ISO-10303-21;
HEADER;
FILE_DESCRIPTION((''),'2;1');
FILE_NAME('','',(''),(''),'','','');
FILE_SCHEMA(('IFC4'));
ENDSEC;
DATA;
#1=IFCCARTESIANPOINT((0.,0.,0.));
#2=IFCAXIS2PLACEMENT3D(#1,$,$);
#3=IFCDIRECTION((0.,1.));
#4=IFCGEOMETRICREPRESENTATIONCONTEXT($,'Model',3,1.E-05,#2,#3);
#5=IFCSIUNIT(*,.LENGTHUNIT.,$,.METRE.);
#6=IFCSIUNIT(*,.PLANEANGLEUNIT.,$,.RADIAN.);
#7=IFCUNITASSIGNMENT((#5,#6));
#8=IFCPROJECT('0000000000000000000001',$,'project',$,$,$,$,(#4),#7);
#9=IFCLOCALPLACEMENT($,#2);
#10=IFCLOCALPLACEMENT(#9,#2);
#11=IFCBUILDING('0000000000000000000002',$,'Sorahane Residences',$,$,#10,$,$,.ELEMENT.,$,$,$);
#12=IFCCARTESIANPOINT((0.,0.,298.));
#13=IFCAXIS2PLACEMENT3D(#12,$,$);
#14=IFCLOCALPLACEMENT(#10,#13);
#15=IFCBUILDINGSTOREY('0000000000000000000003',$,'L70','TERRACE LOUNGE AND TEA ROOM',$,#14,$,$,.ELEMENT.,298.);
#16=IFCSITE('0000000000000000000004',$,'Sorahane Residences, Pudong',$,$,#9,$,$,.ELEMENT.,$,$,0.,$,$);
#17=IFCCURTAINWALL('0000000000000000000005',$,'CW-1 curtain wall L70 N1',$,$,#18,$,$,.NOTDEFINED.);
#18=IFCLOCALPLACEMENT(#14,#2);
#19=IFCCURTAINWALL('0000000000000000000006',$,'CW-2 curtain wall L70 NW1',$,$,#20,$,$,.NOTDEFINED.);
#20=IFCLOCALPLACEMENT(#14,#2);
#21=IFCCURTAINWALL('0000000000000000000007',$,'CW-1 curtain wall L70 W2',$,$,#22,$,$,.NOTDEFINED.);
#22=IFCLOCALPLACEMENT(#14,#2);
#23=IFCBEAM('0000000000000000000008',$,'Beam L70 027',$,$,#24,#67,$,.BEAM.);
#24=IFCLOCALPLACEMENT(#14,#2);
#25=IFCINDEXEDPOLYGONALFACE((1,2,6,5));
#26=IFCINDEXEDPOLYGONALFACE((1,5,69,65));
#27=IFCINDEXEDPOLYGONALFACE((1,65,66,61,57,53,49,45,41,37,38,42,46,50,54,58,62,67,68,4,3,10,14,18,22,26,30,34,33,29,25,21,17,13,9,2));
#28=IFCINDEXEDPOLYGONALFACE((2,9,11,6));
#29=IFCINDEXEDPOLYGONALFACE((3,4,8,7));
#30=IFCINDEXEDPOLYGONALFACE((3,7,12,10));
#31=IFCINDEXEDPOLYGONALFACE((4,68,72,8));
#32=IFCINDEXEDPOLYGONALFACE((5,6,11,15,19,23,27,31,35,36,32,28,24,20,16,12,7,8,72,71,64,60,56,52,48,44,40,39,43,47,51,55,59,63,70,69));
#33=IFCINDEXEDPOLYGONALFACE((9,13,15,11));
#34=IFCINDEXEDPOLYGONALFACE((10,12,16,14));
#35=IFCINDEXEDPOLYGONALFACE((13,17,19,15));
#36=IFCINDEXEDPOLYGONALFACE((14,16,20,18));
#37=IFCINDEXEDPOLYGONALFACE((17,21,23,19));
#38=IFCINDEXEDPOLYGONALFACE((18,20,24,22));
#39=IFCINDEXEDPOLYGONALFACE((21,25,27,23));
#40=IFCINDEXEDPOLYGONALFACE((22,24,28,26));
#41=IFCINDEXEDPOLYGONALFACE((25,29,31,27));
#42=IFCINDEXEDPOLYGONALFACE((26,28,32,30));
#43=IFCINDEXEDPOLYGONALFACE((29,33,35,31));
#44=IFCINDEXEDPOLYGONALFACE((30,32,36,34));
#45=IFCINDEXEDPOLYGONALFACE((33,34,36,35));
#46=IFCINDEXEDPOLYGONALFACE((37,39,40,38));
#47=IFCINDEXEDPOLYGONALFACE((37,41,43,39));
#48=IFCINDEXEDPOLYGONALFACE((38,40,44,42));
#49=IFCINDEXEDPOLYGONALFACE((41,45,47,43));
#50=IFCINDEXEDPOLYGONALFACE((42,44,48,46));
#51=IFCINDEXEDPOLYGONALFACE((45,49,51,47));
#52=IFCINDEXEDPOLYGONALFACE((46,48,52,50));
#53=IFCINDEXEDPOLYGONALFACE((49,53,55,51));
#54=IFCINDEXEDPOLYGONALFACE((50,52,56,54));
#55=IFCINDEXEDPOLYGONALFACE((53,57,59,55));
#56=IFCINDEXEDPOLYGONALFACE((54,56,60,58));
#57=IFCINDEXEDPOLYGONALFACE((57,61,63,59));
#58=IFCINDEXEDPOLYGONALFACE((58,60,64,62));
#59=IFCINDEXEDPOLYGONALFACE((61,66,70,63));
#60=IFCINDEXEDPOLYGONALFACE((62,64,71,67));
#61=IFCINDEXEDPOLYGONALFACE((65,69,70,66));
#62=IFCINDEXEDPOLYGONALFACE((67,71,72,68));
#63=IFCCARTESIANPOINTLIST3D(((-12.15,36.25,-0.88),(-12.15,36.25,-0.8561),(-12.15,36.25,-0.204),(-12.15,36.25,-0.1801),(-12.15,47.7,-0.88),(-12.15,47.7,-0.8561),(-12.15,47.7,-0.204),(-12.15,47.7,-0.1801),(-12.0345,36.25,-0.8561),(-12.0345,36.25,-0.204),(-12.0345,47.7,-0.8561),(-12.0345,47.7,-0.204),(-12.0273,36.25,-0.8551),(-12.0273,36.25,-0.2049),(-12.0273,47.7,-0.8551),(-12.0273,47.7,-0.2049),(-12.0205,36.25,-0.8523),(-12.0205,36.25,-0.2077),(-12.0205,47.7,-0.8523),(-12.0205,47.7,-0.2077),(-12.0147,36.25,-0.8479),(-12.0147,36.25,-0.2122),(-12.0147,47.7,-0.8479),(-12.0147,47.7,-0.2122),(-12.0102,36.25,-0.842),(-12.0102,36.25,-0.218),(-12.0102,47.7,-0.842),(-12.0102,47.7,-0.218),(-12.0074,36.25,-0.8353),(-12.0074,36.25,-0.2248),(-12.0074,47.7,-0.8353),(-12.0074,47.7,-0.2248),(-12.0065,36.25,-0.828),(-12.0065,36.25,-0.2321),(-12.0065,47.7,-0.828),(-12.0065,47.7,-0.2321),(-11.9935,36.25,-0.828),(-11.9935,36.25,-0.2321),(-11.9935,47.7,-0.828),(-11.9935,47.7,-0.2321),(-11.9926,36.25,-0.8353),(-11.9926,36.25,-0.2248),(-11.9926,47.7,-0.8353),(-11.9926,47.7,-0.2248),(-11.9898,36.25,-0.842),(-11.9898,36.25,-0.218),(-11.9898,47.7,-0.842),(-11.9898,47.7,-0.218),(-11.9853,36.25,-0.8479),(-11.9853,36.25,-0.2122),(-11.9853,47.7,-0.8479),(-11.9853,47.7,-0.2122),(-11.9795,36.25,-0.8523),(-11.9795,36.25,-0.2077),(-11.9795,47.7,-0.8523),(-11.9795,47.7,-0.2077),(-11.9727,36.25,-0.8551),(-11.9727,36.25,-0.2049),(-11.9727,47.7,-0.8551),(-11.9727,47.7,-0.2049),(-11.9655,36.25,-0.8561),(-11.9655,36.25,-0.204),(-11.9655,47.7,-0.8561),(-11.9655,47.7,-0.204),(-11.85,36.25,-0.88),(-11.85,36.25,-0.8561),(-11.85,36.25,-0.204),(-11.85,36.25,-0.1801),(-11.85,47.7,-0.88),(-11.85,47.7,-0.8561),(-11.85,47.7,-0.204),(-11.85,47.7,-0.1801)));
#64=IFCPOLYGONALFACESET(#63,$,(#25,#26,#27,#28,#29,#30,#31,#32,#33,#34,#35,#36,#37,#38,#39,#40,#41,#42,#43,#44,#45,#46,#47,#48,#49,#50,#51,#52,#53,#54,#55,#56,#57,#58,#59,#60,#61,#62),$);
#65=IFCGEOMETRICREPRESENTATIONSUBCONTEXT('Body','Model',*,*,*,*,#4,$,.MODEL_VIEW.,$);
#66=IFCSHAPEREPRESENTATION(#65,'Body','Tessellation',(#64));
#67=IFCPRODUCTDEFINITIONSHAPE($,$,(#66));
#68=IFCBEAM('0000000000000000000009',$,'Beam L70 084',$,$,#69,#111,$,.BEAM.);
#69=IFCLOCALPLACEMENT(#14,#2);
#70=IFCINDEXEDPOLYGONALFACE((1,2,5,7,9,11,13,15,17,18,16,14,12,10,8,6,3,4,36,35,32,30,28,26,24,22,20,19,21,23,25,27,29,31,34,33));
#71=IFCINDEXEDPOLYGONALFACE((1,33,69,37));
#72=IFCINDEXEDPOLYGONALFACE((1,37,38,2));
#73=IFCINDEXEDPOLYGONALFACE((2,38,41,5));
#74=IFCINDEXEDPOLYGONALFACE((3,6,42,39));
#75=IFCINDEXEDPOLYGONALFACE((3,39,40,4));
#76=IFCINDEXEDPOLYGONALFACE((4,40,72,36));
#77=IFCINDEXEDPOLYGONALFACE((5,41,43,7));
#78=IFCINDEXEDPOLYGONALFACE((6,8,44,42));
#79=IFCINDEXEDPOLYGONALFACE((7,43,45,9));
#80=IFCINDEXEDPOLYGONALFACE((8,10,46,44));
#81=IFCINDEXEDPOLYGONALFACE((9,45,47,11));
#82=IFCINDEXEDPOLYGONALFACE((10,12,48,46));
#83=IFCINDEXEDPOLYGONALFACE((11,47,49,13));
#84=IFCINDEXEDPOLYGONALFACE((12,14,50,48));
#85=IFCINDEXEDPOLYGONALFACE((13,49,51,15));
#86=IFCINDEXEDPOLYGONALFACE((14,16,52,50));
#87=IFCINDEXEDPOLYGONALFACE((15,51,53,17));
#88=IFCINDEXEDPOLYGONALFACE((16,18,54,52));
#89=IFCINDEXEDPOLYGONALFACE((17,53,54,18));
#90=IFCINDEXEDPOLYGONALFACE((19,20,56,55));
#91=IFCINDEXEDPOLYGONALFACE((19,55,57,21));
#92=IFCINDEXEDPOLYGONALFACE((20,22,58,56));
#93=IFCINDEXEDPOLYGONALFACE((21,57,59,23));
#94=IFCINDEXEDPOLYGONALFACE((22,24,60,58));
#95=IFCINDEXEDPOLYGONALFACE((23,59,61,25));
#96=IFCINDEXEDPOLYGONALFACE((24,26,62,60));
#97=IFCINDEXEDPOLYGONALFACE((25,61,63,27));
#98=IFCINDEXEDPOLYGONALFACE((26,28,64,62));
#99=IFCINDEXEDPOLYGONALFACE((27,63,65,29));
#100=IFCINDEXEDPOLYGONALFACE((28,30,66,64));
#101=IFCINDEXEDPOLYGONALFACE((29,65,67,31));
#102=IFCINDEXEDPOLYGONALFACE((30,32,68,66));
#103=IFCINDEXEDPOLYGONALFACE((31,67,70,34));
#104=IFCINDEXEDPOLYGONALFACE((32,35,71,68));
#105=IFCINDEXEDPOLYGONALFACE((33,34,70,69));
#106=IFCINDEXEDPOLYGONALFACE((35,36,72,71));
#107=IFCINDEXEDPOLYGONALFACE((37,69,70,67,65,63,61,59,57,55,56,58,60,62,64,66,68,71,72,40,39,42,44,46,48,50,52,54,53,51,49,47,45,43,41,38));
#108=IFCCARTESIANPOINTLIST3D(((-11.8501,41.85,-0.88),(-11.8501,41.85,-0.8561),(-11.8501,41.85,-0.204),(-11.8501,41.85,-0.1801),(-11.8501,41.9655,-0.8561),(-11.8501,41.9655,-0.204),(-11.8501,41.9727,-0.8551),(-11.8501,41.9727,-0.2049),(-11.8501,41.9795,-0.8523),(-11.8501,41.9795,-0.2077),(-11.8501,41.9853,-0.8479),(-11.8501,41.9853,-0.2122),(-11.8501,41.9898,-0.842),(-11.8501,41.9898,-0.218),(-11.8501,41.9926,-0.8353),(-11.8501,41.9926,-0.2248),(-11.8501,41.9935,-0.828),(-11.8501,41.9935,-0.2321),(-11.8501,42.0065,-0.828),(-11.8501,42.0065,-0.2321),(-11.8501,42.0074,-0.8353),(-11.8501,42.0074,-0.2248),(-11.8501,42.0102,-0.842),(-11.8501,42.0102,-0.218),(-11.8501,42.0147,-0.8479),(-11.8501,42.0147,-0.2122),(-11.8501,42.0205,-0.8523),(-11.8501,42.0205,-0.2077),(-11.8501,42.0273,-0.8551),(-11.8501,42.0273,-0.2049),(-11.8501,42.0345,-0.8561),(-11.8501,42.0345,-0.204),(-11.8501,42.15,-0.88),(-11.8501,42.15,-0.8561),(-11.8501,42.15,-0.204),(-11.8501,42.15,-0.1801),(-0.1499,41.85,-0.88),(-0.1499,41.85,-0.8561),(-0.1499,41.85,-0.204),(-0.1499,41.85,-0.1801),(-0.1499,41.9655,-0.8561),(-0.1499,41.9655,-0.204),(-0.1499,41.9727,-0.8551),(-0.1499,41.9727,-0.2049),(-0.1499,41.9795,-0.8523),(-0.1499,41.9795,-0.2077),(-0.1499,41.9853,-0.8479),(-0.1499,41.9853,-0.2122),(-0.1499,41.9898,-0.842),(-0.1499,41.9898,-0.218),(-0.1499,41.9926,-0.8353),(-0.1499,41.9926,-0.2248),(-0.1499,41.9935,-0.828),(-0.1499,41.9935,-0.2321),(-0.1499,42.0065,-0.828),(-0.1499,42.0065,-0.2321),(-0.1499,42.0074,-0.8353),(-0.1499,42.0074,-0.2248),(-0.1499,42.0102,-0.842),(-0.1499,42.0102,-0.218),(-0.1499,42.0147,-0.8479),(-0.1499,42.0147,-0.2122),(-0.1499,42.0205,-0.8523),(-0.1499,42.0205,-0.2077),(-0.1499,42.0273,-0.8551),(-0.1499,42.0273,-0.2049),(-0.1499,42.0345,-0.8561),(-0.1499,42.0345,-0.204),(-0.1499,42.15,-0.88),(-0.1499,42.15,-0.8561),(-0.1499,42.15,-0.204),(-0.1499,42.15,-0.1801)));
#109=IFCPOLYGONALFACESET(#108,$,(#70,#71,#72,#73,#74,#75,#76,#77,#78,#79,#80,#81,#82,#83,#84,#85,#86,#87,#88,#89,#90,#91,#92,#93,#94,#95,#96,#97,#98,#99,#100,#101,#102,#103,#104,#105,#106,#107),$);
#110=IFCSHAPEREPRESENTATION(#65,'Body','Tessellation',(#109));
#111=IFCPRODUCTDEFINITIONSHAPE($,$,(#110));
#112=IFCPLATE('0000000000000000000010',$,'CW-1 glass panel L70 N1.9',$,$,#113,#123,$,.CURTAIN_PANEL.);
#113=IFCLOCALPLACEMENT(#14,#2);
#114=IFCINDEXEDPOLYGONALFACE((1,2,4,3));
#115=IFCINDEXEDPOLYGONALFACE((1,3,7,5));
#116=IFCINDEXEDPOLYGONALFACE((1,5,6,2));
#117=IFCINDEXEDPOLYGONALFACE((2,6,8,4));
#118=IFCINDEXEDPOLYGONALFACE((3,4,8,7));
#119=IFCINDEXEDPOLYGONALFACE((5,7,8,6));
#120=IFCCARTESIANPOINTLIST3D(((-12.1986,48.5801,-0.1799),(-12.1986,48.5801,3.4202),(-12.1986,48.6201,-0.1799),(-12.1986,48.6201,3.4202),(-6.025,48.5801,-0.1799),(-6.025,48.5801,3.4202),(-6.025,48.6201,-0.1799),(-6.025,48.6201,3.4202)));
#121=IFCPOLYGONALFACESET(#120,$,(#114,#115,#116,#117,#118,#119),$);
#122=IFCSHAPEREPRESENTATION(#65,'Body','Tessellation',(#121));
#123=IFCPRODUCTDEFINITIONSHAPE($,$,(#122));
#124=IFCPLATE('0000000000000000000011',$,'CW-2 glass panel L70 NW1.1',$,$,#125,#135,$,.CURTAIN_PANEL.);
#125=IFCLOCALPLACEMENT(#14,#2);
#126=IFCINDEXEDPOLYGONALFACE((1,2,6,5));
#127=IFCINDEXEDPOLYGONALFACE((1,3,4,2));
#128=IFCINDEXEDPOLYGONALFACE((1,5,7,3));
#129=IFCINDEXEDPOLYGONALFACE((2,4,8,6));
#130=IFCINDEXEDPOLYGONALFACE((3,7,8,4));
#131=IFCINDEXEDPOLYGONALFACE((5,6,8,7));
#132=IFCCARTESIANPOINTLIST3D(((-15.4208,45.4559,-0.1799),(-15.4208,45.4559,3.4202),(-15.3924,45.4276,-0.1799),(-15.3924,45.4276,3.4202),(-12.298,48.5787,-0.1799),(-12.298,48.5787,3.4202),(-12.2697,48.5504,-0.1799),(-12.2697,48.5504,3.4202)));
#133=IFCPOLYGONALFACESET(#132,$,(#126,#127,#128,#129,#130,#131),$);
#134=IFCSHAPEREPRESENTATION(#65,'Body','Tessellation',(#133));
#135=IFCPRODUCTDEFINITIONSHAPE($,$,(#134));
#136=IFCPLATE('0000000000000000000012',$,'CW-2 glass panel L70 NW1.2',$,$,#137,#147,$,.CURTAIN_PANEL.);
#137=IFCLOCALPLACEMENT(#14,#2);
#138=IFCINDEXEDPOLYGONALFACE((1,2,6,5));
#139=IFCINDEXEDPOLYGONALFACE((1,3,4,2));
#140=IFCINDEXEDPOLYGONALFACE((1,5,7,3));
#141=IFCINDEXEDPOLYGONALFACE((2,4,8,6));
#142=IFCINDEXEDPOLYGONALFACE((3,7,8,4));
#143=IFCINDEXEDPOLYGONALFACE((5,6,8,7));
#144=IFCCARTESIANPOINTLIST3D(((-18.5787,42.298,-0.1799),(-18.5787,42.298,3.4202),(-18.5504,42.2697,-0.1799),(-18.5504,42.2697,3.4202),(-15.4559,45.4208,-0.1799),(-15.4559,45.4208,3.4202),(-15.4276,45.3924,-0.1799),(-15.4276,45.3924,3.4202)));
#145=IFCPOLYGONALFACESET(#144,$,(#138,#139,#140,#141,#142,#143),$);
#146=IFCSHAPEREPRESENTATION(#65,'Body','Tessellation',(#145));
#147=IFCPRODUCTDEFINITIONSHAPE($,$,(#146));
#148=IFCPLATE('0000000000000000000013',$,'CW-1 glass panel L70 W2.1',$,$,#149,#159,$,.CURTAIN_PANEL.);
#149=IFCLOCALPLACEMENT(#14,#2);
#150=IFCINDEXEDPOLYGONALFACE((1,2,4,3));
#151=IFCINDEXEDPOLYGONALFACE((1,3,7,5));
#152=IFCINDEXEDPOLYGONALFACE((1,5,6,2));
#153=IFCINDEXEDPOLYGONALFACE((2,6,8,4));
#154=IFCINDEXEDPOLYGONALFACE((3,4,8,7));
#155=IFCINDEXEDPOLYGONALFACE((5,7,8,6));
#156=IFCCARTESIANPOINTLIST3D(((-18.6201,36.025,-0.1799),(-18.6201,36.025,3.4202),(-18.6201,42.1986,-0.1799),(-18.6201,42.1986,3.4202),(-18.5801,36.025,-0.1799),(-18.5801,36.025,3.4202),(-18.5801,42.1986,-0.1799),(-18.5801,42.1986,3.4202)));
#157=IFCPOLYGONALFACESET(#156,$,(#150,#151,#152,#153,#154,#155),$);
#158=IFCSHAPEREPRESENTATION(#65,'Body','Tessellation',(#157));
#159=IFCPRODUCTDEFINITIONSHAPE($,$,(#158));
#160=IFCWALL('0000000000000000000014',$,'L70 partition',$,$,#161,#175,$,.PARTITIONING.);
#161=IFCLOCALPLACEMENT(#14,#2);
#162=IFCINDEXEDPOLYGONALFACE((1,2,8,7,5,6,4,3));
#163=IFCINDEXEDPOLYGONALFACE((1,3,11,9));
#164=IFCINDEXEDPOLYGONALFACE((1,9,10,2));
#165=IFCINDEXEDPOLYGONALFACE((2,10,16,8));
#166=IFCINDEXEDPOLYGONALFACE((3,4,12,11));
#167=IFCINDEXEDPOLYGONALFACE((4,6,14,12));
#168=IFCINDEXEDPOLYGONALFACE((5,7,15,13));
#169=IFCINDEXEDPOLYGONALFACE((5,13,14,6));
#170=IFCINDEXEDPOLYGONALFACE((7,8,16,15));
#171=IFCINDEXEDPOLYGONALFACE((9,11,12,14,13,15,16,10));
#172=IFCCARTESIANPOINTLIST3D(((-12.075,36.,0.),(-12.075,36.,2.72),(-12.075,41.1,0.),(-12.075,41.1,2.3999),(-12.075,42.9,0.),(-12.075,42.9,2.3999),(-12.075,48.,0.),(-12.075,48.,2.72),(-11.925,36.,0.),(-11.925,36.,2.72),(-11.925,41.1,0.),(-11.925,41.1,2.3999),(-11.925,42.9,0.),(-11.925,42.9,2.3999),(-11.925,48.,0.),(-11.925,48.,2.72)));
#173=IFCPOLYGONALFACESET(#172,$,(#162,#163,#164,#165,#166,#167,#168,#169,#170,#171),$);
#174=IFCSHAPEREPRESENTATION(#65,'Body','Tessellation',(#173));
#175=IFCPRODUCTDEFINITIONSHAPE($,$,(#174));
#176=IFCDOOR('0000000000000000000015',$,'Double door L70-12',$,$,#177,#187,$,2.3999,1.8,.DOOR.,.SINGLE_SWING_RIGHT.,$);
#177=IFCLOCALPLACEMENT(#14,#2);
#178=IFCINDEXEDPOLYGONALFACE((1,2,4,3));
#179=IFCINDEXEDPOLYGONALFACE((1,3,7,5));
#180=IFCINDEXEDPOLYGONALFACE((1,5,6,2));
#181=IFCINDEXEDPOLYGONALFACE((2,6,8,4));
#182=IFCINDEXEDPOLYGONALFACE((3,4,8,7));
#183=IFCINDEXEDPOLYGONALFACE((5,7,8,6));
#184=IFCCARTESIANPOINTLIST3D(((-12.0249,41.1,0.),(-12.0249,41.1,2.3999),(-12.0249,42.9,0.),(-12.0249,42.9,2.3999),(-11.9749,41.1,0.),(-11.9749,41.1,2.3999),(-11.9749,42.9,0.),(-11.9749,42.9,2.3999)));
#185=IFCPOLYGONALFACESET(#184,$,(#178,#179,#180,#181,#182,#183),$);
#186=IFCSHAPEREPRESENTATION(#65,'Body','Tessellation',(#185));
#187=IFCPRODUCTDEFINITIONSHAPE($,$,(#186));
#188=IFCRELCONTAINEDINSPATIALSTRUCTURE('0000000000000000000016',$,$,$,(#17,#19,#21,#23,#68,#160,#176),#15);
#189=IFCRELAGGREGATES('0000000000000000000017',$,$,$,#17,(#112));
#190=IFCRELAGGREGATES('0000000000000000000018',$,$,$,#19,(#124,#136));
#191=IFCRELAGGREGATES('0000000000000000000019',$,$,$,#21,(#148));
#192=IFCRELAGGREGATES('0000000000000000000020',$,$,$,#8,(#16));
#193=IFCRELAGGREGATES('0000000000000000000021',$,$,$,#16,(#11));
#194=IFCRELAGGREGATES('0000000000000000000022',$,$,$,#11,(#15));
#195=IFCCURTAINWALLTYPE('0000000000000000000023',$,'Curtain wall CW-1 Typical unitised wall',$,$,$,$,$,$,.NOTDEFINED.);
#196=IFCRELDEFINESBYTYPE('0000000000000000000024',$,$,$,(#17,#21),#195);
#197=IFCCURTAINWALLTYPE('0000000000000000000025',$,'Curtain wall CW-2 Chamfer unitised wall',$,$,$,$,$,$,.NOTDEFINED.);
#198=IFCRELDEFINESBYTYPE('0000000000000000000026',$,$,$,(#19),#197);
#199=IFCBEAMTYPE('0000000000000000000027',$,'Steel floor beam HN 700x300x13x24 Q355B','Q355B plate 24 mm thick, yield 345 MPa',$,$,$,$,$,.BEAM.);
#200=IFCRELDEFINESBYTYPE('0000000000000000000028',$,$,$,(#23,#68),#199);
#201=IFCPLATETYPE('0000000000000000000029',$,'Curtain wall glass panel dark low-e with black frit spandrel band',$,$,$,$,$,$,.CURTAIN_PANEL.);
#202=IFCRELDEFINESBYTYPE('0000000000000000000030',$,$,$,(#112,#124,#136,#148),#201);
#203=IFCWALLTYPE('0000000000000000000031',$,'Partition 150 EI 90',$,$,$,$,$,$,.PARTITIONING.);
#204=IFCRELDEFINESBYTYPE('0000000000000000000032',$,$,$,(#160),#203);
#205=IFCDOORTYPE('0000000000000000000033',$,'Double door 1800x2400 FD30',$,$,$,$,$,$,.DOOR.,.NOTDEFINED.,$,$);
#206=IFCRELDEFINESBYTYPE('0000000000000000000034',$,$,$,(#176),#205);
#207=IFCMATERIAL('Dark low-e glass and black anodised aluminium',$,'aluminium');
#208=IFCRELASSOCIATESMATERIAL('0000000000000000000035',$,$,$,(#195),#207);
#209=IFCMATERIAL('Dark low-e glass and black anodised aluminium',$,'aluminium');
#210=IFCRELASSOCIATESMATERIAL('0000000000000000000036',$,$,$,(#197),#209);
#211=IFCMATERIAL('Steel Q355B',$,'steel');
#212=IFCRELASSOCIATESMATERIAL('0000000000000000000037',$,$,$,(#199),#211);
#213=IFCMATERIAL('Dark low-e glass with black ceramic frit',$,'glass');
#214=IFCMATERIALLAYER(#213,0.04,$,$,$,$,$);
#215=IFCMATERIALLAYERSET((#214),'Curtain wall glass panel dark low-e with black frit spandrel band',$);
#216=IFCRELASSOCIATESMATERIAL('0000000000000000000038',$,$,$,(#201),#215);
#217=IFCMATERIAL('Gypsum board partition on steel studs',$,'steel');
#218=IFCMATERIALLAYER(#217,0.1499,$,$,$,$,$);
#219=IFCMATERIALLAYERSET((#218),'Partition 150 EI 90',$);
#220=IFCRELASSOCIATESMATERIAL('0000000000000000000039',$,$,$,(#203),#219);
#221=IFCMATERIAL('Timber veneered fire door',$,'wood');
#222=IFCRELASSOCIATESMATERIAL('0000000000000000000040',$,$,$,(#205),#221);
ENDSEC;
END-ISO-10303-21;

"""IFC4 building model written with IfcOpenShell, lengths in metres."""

from ifc_helpers import new_model, si_unit, direction, frame, frame_2d, origin, origin_2d, place, context, subcontext, project, spatial, rectangle, i_section, extrude, material, layer, layer_set, material_profile, profile_set, type_object, element, fill, aggregate, save


model = new_model("IFC4")

# Units and contexts
model_context = context("Model", 3, precision=1e-05, world=origin(), true_north=direction((0.0, 1.0)))
body_context = subcontext(model_context, "Body", "Model", "MODEL_VIEW")
ifc_project = project(units=[si_unit("LENGTHUNIT", "METRE"), si_unit("PLANEANGLEUNIT", "RADIAN")], contexts=[model_context])

# Site, building, storey
site_placement = place(None, origin())
site = spatial("IfcSite", under=ifc_project, at=site_placement, Name="Sorahane Residences, Pudong", CompositionType="ELEMENT", RefElevation=0.0)
building_placement = place(site_placement, origin())
building = spatial("IfcBuilding", under=site, at=building_placement, Name="Sorahane Residences", CompositionType="ELEMENT")
storey_placement = place(building_placement, frame((0.0, 0.0, 298.0)))
storey = spatial("IfcBuildingStorey", under=building, at=storey_placement, Name="L70", Description="TERRACE LOUNGE AND TEA ROOM", CompositionType="ELEMENT", Elevation=298.0)

# Curtain wall
ifc_material_1 = material(Name="Dark low-e glass and black anodised aluminium", Category="aluminium")
curtain_wall_type_1 = type_object("IfcCurtainWallType", Name="Curtain wall CW-1 Typical unitised wall", PredefinedType="NOTDEFINED", material=ifc_material_1)
curtain_wall_1_placement = place(storey_placement, origin())
curtain_wall_1 = element("IfcCurtainWall", 1, at=curtain_wall_1_placement, inside=storey, type_object=curtain_wall_type_1, Name="CW-1 curtain wall L70 N1", PredefinedType="NOTDEFINED")

# Curtain wall
ifc_material_2 = material(Name="Dark low-e glass and black anodised aluminium", Category="aluminium")
curtain_wall_type_2 = type_object("IfcCurtainWallType", Name="Curtain wall CW-2 Chamfer unitised wall", PredefinedType="NOTDEFINED", material=ifc_material_2)
curtain_wall_2_placement = place(storey_placement, origin())
curtain_wall_2 = element("IfcCurtainWall", 2, at=curtain_wall_2_placement, inside=storey, type_object=curtain_wall_type_2, Name="CW-2 curtain wall L70 NW1", PredefinedType="NOTDEFINED")

# Curtain wall
curtain_wall_3_placement = place(storey_placement, origin())
curtain_wall_3 = element("IfcCurtainWall", 3, at=curtain_wall_3_placement, inside=storey, type_object=curtain_wall_type_1, Name="CW-1 curtain wall L70 W2", PredefinedType="NOTDEFINED")

# Beams
ifc_material_3 = material(Name="Steel Q355B", Category="steel")
ifc_material_profile_1 = material_profile(ifc_material_3, i_section(OverallWidth=0.3, OverallDepth=0.7, WebThickness=0.0129, FlangeThickness=0.0239, FilletRadius=0.0281, at=origin_2d()), Name="HN 700x300x13x24")
ifc_profile_set_1 = profile_set([ifc_material_profile_1], Name="Steel Q355B")
beam_type_1 = type_object("IfcBeamType", Name="Steel floor beam HN 700x300x13x24 Q355B", Description="Q355B plate 24 mm thick, yield 345 MPa", PredefinedType="BEAM", material=ifc_profile_set_1)
beam_1_placement = place(storey_placement, frame((-12.0, 36.25, -0.53), z_axis=(0.0, 1.0, 0.0), x_axis=(-1.0, 0.0, 0.0)))
element("IfcBeam", 4, at=beam_1_placement, inside=storey, type_object=beam_type_1, Name="Beam L70 027", PredefinedType="BEAM", context=body_context, shape_type="SweptSolid", body=[
    extrude(i_section(OverallWidth=0.3, OverallDepth=0.7, WebThickness=0.0129, FlangeThickness=0.0239, FilletRadius=0.0281, at=origin_2d()), origin(), (0.0, 0.0, 1.0), 11.45),
])
beam_2_placement = place(storey_placement, frame((-11.8501, 42.0, -0.53), z_axis=(1.0, 0.0, 0.0), x_axis=(0.0, 1.0, 0.0)))
element("IfcBeam", 5, at=beam_2_placement, inside=storey, type_object=beam_type_1, Name="Beam L70 084", PredefinedType="BEAM", context=body_context, shape_type="SweptSolid", body=[
    extrude(i_section(OverallWidth=0.3, OverallDepth=0.7, WebThickness=0.0129, FlangeThickness=0.0239, FilletRadius=0.0281, at=origin_2d()), origin(), (0.0, 0.0, 1.0), 11.7002),
])

# Plates
ifc_material_4 = material(Name="Dark low-e glass with black ceramic frit", Category="glass")
ifc_layer_1 = layer(ifc_material_4, 0.04)
ifc_layer_set_1 = layer_set([ifc_layer_1], Name="Curtain wall glass panel dark low-e with black frit spandrel band")
plate_type = type_object("IfcPlateType", Name="Curtain wall glass panel dark low-e with black frit spandrel band", PredefinedType="CURTAIN_PANEL", material=ifc_layer_set_1)
plate_1_placement = place(storey_placement, frame((-9.1118, 48.6001, -0.1799), z_axis=(0.0, 0.0, 1.0), x_axis=(-1.0, 0.0, 0.0)))
plate_1 = element("IfcPlate", 6, at=plate_1_placement, type_object=plate_type, Name="CW-1 glass panel L70 N1.9", PredefinedType="CURTAIN_PANEL", context=body_context, shape_type="SweptSolid", body=[
    extrude(rectangle(XDim=6.1736, YDim=0.04, at=origin_2d()), origin(), (0.0, 0.0, 1.0), 3.6001),
])
aggregate(curtain_wall_1, [plate_1])
plate_2_placement = place(storey_placement, frame((-13.8452, 47.0032, -0.1799), z_axis=(0.0, 0.0, 1.0), x_axis=(-0.707107, -0.707107, 0.0)))
plate_2 = element("IfcPlate", 7, at=plate_2_placement, type_object=plate_type, Name="CW-2 glass panel L70 NW1.1", PredefinedType="CURTAIN_PANEL", context=body_context, shape_type="SweptSolid", body=[
    extrude(rectangle(XDim=4.4163, YDim=0.04, at=origin_2d()), origin(), (0.0, 0.0, 1.0), 3.6001),
])
plate_3_placement = place(storey_placement, frame((-17.0032, 43.8452, -0.1799), z_axis=(0.0, 0.0, 1.0), x_axis=(-0.707107, -0.707107, 0.0)))
plate_3 = element("IfcPlate", 8, at=plate_3_placement, type_object=plate_type, Name="CW-2 glass panel L70 NW1.2", PredefinedType="CURTAIN_PANEL", context=body_context, shape_type="SweptSolid", body=[
    extrude(rectangle(XDim=4.4163, YDim=0.04, at=origin_2d()), origin(), (0.0, 0.0, 1.0), 3.6001),
])
aggregate(curtain_wall_2, [plate_2, plate_3])
plate_4_placement = place(storey_placement, frame((-18.6001, 39.1118, -0.1799), z_axis=(0.0, 0.0, 1.0), x_axis=(0.0, -1.0, 0.0)))
plate_4 = element("IfcPlate", 9, at=plate_4_placement, type_object=plate_type, Name="CW-1 glass panel L70 W2.1", PredefinedType="CURTAIN_PANEL", context=body_context, shape_type="SweptSolid", body=[
    extrude(rectangle(XDim=6.1736, YDim=0.04, at=origin_2d()), origin(), (0.0, 0.0, 1.0), 3.6001),
])
aggregate(curtain_wall_3, [plate_4])

# Wall, opening, door
ifc_material_5 = material(Name="Gypsum board partition on steel studs", Category="steel")
ifc_layer_2 = layer(ifc_material_5, 0.1499)
ifc_layer_set_2 = layer_set([ifc_layer_2], Name="Partition 150 EI 90")
wall_type = type_object("IfcWallType", Name="Partition 150 EI 90", PredefinedType="PARTITIONING", material=ifc_layer_set_2)
wall_1_placement = place(storey_placement, frame((-12.0, 36.0, 0.0), z_axis=(0.0, 0.0, 1.0), x_axis=(0.0, 1.0, 0.0)))
wall_1 = element("IfcWall", 10, at=wall_1_placement, inside=storey, type_object=wall_type, Name="L70 partition", PredefinedType="PARTITIONING", context=body_context, shape_type="SweptSolid", body=[
    extrude(rectangle(XDim=12.0, YDim=0.1499, at=frame_2d((6.0, 0.0))), origin(), (0.0, 0.0, 1.0), 2.72),
])
opening_placement = place(wall_1_placement, frame((5.1001, 0.0, 0.0)))
opening = element("IfcOpeningElement", 11, at=opening_placement, cuts=wall_1, PredefinedType="OPENING", context=body_context, shape_type="SweptSolid", body=[
    extrude(rectangle(XDim=1.8, YDim=2.3999, at=frame_2d((0.8999, 1.2))), frame((0.0, 0.085, 0.0), z_axis=(0.0, -1.0, 0.0), x_axis=(1.0, 0.0, 0.0)), (0.0, 0.0, 1.0), 0.1699),
])
ifc_material_6 = material(Name="Timber veneered fire door", Category="wood")
door_type = type_object("IfcDoorType", Name="Double door 1800x2400 FD30", OperationType="NOTDEFINED", PredefinedType="DOOR", material=ifc_material_6)
door_placement = place(opening_placement, origin())
door = element("IfcDoor", 12, at=door_placement, inside=storey, type_object=door_type, Name="Double door L70-12", OperationType="SINGLE_SWING_RIGHT", OverallHeight=2.3999, OverallWidth=1.8, PredefinedType="DOOR", context=body_context, shape_type="SweptSolid", body=[
    extrude(rectangle(XDim=1.8, YDim=2.3999, at=frame_2d((0.8999, 1.2))), frame((0.0, 0.0249, 0.0), z_axis=(0.0, -1.0, 0.0), x_axis=(1.0, 0.0, 0.0)), (0.0, 0.0, 1.0), 0.05),
])
fill(opening, door)

save(model, "model.ifc")
